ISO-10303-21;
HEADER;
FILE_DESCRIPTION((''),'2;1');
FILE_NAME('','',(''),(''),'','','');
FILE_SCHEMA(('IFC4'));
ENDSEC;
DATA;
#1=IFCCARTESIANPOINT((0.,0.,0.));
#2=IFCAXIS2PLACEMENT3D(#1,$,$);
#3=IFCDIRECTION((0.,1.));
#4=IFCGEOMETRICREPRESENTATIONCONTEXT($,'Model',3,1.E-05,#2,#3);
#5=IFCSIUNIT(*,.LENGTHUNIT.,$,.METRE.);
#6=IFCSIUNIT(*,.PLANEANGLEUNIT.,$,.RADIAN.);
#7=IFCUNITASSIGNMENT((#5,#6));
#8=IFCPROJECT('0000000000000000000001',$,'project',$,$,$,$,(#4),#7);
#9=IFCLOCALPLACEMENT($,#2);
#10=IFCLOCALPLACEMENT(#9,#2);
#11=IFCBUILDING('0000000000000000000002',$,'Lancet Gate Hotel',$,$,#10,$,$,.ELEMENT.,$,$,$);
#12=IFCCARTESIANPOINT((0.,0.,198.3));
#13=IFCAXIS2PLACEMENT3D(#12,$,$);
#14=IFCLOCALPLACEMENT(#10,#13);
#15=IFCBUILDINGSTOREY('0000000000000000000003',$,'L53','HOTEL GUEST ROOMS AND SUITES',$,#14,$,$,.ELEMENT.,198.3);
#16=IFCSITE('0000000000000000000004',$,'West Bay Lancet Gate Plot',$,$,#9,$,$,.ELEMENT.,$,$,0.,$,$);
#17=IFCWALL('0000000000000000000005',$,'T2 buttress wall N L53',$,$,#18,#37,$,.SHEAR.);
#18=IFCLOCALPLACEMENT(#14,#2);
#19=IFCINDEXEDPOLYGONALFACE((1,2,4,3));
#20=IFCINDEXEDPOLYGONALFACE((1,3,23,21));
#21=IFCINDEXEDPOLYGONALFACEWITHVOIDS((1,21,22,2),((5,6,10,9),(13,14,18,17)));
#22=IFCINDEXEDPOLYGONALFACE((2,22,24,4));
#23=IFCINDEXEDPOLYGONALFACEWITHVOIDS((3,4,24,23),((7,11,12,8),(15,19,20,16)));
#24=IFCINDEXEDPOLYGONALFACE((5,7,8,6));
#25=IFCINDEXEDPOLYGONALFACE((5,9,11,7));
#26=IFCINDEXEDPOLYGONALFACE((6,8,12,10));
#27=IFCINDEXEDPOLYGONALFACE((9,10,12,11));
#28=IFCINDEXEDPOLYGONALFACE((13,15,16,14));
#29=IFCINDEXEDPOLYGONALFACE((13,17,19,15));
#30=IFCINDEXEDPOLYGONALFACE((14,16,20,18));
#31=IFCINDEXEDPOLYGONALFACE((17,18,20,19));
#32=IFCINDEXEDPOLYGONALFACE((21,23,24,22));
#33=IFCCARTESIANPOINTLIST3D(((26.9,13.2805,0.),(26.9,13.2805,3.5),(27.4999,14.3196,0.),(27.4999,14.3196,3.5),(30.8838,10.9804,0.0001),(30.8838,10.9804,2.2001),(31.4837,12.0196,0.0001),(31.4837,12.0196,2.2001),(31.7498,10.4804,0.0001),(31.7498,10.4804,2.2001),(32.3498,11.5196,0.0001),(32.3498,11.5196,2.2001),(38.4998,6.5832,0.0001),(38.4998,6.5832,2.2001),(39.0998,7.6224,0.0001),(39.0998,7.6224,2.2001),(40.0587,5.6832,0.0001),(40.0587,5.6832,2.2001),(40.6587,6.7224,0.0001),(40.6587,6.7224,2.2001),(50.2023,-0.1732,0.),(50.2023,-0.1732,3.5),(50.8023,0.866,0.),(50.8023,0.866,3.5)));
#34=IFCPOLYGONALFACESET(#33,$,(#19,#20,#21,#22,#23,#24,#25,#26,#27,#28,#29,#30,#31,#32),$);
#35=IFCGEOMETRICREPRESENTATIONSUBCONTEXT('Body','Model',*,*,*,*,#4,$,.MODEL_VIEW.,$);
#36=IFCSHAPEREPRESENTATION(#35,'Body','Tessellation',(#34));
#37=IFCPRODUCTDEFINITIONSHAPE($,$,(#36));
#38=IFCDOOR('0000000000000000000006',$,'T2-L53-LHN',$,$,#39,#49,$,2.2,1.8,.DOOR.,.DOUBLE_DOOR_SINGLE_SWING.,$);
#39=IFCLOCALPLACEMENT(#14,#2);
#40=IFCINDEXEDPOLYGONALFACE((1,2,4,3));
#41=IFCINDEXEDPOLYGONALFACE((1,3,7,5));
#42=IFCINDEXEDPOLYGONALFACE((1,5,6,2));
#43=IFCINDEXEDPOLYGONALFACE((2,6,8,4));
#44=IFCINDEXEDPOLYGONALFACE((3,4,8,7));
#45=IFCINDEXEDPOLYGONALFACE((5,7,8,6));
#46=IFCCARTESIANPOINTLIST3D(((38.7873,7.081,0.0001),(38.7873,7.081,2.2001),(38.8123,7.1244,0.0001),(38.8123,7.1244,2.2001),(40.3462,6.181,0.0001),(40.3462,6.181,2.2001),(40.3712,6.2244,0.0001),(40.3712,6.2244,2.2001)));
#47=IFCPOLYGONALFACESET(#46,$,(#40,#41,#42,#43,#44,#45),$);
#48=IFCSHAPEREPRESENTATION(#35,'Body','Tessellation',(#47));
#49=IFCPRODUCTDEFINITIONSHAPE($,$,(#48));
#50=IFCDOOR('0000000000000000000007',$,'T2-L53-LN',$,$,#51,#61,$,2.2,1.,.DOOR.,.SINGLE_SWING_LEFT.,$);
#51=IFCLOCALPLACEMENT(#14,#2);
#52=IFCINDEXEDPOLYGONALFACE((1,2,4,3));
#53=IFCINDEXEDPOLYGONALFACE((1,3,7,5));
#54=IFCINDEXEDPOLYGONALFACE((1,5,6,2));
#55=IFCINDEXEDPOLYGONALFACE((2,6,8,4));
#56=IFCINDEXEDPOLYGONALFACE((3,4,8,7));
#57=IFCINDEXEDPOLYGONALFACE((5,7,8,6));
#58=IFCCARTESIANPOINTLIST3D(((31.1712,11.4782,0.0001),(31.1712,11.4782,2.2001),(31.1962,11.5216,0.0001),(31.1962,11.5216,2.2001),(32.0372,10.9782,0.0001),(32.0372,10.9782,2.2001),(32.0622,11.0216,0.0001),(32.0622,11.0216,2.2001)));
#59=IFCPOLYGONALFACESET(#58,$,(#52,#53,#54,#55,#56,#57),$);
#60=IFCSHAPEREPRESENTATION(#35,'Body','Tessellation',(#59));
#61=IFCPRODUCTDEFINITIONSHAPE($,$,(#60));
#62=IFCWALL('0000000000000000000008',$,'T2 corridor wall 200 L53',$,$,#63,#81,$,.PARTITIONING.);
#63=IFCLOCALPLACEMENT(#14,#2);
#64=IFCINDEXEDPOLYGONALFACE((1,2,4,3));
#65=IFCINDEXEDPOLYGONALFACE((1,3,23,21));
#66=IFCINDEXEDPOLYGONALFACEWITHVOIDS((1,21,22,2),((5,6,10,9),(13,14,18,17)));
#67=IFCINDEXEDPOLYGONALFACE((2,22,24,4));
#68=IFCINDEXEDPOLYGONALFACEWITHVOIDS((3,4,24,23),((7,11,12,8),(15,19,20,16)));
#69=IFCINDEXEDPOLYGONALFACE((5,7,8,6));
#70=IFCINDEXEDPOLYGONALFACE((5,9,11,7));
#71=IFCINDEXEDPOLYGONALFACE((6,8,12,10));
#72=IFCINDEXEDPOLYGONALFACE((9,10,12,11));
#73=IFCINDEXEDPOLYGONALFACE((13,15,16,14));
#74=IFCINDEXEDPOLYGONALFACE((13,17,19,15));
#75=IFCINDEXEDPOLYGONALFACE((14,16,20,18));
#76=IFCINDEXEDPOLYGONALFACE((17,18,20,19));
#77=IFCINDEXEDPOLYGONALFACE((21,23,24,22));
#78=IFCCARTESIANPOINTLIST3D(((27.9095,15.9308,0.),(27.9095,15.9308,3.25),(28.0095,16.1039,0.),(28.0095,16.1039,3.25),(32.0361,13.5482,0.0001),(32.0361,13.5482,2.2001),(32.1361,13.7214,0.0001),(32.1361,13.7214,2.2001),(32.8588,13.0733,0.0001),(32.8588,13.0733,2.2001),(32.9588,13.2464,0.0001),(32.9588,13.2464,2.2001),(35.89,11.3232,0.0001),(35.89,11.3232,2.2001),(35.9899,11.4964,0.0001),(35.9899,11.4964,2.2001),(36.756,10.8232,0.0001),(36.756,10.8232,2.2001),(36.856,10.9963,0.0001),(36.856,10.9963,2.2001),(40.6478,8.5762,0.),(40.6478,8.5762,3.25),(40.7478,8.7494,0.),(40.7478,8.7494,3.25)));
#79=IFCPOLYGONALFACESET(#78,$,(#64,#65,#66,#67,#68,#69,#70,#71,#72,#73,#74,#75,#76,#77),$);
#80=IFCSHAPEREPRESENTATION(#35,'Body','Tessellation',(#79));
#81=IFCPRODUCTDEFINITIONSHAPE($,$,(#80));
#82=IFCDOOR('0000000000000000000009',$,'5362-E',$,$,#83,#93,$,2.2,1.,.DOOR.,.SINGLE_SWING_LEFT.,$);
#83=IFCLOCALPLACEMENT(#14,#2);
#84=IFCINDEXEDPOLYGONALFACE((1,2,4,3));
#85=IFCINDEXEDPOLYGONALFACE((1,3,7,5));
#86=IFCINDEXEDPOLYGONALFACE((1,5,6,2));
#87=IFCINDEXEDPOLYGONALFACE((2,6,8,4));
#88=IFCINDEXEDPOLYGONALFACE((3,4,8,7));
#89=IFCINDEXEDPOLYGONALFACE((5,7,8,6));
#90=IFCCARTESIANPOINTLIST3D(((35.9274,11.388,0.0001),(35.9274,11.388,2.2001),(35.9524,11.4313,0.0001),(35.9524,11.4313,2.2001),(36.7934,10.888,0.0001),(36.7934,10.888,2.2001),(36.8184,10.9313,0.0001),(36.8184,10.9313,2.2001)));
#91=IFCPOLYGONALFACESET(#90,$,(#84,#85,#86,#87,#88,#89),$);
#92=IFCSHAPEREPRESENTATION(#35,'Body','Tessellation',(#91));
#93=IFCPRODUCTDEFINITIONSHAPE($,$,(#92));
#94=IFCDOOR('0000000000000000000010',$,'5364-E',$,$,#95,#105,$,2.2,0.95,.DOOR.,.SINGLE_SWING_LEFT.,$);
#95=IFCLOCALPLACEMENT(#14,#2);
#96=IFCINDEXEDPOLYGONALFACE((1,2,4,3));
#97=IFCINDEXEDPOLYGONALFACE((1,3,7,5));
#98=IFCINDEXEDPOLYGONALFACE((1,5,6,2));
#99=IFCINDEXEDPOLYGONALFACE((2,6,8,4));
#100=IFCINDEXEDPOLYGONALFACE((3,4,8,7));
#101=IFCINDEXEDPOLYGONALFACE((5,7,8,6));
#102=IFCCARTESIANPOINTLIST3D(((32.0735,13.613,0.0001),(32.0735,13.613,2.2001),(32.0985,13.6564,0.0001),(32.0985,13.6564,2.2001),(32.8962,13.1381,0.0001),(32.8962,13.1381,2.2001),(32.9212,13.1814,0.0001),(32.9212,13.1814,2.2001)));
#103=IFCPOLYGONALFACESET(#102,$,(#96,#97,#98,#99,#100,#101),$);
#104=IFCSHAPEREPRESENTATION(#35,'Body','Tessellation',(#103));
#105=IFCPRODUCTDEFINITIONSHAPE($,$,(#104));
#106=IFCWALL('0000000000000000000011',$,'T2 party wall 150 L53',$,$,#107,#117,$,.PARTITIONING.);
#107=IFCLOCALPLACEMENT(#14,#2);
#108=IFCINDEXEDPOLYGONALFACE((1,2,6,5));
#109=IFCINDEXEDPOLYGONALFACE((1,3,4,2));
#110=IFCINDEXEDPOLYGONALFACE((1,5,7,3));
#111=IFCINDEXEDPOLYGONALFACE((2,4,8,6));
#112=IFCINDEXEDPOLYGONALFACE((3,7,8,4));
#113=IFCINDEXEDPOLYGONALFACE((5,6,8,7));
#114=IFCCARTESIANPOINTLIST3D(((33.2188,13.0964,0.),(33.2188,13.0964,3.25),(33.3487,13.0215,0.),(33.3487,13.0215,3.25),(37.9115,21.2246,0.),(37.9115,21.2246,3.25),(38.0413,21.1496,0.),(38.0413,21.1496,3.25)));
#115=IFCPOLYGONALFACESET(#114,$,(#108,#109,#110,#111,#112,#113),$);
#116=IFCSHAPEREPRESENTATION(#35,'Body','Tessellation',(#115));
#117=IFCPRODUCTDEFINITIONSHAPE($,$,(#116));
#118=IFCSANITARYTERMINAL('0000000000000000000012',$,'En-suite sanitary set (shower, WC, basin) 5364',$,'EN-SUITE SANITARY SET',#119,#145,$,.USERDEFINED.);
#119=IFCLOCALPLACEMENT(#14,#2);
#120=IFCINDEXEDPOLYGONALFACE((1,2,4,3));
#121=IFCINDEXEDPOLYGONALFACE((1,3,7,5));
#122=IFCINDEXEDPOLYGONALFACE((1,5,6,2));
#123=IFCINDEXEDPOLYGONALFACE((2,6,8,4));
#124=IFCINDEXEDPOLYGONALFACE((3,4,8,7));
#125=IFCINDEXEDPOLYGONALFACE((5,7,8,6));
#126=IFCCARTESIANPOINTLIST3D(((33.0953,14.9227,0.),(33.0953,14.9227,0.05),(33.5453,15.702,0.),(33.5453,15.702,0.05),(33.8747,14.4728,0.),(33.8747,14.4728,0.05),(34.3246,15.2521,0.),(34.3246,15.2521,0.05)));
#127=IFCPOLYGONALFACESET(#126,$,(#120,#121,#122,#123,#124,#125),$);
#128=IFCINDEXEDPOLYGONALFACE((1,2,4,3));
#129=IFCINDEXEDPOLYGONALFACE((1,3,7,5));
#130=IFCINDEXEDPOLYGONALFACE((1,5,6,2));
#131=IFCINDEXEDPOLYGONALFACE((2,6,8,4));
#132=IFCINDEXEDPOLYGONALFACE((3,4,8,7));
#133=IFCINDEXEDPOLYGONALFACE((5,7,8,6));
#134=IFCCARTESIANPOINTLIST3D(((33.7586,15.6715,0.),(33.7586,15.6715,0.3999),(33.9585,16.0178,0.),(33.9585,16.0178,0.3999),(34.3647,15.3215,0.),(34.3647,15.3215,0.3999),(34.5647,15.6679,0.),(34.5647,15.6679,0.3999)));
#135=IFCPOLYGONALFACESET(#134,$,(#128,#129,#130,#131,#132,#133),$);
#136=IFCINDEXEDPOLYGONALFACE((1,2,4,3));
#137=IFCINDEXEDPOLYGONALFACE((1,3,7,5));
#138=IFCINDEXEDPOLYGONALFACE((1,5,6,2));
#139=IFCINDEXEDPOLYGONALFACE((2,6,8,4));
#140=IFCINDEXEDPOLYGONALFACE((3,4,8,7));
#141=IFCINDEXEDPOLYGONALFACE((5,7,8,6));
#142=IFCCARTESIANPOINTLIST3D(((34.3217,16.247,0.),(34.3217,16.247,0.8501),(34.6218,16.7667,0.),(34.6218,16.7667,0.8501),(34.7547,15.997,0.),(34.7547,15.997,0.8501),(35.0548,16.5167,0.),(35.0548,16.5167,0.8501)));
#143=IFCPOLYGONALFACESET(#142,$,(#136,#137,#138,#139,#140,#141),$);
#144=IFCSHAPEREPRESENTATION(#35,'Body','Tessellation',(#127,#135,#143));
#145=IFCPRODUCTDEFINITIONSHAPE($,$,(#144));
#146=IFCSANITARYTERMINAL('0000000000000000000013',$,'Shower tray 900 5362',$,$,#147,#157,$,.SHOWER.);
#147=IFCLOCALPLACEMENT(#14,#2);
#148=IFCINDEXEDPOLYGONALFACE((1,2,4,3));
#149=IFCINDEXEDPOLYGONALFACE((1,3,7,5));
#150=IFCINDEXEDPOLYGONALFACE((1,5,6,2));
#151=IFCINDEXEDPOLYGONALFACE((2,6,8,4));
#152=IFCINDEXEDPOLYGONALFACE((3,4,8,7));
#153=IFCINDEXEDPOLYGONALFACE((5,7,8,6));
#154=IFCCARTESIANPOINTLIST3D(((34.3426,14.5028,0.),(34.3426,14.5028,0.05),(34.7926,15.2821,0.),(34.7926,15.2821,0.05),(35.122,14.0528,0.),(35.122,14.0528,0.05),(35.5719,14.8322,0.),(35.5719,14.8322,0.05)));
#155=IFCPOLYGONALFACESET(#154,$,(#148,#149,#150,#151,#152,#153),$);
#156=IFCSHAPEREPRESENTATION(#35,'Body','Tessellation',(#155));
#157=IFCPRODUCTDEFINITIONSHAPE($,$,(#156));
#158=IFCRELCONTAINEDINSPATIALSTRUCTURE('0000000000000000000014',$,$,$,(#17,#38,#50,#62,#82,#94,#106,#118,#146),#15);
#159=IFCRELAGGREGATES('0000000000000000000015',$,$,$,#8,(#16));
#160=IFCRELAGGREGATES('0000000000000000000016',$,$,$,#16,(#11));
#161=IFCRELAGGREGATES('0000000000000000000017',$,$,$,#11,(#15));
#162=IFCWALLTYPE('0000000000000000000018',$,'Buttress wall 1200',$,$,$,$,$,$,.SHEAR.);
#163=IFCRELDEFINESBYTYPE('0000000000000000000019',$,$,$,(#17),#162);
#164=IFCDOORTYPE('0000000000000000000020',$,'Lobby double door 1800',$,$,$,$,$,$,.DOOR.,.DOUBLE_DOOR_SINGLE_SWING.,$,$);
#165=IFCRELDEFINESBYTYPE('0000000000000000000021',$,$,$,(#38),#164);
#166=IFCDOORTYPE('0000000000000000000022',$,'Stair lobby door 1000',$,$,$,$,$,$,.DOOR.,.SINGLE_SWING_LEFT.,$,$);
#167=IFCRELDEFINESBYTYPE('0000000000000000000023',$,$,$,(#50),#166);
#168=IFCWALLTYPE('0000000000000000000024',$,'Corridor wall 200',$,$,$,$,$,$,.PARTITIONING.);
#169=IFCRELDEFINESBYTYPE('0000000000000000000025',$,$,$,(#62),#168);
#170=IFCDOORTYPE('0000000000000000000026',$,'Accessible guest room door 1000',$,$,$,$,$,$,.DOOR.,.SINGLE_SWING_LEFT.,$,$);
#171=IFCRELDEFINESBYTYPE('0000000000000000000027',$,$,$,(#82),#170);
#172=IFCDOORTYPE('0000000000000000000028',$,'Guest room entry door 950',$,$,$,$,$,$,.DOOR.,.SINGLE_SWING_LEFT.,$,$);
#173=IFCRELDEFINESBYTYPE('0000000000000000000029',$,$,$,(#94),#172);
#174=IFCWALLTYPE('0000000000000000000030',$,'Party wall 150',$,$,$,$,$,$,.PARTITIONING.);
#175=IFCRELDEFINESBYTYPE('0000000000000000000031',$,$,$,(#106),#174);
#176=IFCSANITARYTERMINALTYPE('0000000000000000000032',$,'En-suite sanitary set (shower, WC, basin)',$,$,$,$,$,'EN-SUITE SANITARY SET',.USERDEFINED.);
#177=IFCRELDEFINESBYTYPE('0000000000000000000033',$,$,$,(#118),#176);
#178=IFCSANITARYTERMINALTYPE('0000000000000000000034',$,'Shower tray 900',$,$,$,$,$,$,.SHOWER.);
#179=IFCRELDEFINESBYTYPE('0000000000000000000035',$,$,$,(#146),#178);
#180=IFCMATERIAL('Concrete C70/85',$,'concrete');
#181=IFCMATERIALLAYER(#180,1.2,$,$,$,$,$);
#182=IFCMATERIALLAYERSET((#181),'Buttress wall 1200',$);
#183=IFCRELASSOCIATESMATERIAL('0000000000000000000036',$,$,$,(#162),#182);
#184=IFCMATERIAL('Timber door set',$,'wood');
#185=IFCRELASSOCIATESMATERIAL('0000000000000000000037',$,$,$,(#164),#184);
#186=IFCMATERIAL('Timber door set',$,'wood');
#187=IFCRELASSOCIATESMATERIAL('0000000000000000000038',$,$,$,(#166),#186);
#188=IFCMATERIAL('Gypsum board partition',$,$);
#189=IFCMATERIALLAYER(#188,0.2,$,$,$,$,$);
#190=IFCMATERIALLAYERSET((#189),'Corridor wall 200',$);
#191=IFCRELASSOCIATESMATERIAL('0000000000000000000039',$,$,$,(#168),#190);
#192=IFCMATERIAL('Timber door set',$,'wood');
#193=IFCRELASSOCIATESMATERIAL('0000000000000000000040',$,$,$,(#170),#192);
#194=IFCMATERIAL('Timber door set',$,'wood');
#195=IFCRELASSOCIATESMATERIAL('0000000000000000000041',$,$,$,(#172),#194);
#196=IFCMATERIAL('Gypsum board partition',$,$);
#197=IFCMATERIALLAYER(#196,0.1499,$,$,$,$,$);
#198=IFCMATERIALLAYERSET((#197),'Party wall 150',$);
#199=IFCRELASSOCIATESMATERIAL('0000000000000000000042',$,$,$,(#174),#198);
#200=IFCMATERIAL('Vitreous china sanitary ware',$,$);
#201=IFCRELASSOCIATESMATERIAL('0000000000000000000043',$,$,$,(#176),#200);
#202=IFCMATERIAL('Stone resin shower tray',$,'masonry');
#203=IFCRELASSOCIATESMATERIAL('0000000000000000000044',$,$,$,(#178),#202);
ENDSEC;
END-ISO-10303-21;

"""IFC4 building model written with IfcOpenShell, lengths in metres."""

from ifc_helpers import new_model, si_unit, direction, frame, frame_2d, origin, origin_2d, place, context, subcontext, project, spatial, rectangle, extrude, material, layer, layer_set, type_object, element, fill, save


model = new_model("IFC4")

# Units and contexts
model_context = context("Model", 3, precision=1e-05, world=origin(), true_north=direction((0.0, 1.0)))
body_context = subcontext(model_context, "Body", "Model", "MODEL_VIEW")
ifc_project = project(units=[si_unit("LENGTHUNIT", "METRE"), si_unit("PLANEANGLEUNIT", "RADIAN")], contexts=[model_context])

# Site, building, storey
site_placement = place(None, origin())
site = spatial("IfcSite", under=ifc_project, at=site_placement, Name="West Bay Lancet Gate Plot", CompositionType="ELEMENT", RefElevation=0.0)
building_placement = place(site_placement, origin())
building = spatial("IfcBuilding", under=site, at=building_placement, Name="Lancet Gate Hotel", CompositionType="ELEMENT")
storey_placement = place(building_placement, frame((0.0, 0.0, 198.3)))
storey = spatial("IfcBuildingStorey", under=building, at=storey_placement, Name="L53", Description="HOTEL GUEST ROOMS AND SUITES", CompositionType="ELEMENT", Elevation=198.3)

# Walls, openings, doors
ifc_material_1 = material(Name="Concrete C70/85", Category="concrete")
ifc_layer_1 = layer(ifc_material_1, 1.2)
ifc_layer_set_1 = layer_set([ifc_layer_1], Name="Buttress wall 1200")
wall_type_1 = type_object("IfcWallType", Name="Buttress wall 1200", PredefinedType="SHEAR", material=ifc_layer_set_1)
wall_1_placement = place(storey_placement, frame((27.2, 13.8, 0.0), z_axis=(0.0, 0.0, 1.0), x_axis=(0.866025, -0.500002, 0.0)))
wall_1 = element("IfcWall", 1, at=wall_1_placement, inside=storey, type_object=wall_type_1, Name="T2 buttress wall N L53", PredefinedType="SHEAR", context=body_context, shape_type="SweptSolid", body=[
    extrude(rectangle(XDim=26.9072, YDim=1.2, at=frame_2d((13.4536, 0.0))), origin(), (0.0, 0.0, 1.0), 3.5),
])
opening_1_placement = place(wall_1_placement, frame((4.6001, 0.0, 0.0)))
opening_1 = element("IfcOpeningElement", 2, at=opening_1_placement, cuts=wall_1, PredefinedType="OPENING", context=body_context, shape_type="SweptSolid", body=[
    extrude(rectangle(XDim=1.0, YDim=2.2, at=frame_2d((0.5, 1.1001))), frame((0.0, 0.6099, 0.0), z_axis=(0.0, -1.0, 0.0), x_axis=(1.0, 0.0, 0.0)), (0.0, 0.0, 1.0), 1.22),
])
opening_2_placement = place(wall_1_placement, frame((13.3945, 0.0, 0.0)))
opening_2 = element("IfcOpeningElement", 3, at=opening_2_placement, cuts=wall_1, PredefinedType="OPENING", context=body_context, shape_type="SweptSolid", body=[
    extrude(rectangle(XDim=1.8, YDim=2.2, at=frame_2d((0.8999, 1.1001))), frame((0.0, 0.6099, 0.0), z_axis=(0.0, -1.0, 0.0), x_axis=(1.0, 0.0, 0.0)), (0.0, 0.0, 1.0), 1.22),
])
ifc_material_2 = material(Name="Timber door set", Category="wood")
door_type_1 = type_object("IfcDoorType", Name="Lobby double door 1800", OperationType="DOUBLE_DOOR_SINGLE_SWING", PredefinedType="DOOR", material=ifc_material_2)
door_1_placement = place(opening_2_placement, origin())
door_1 = element("IfcDoor", 4, at=door_1_placement, inside=storey, type_object=door_type_1, Name="T2-L53-LHN", OperationType="DOUBLE_DOOR_SINGLE_SWING", OverallHeight=2.2, OverallWidth=1.8, PredefinedType="DOOR", context=body_context, shape_type="SweptSolid", body=[
    extrude(rectangle(XDim=1.8, YDim=2.2, at=frame_2d((0.8999, 1.1001))), frame((0.0, 0.0249, 0.0), z_axis=(0.0, -1.0, 0.0), x_axis=(1.0, 0.0, 0.0)), (0.0, 0.0, 1.0), 0.05),
])
fill(opening_2, door_1)
ifc_material_3 = material(Name="Timber door set", Category="wood")
door_type_2 = type_object("IfcDoorType", Name="Stair lobby door 1000", OperationType="SINGLE_SWING_LEFT", PredefinedType="DOOR", material=ifc_material_3)
door_2_placement = place(opening_1_placement, origin())
door_2 = element("IfcDoor", 5, at=door_2_placement, inside=storey, type_object=door_type_2, Name="T2-L53-LN", OperationType="SINGLE_SWING_LEFT", OverallHeight=2.2, OverallWidth=1.0, PredefinedType="DOOR", context=body_context, shape_type="SweptSolid", body=[
    extrude(rectangle(XDim=1.0, YDim=2.2, at=frame_2d((0.5, 1.1001))), frame((0.0, 0.0249, 0.0), z_axis=(0.0, -1.0, 0.0), x_axis=(1.0, 0.0, 0.0)), (0.0, 0.0, 1.0), 0.05),
])
fill(opening_1, door_2)
ifc_material_4 = material(Name="Gypsum board partition")
ifc_layer_2 = layer(ifc_material_4, 0.2)
ifc_layer_set_2 = layer_set([ifc_layer_2], Name="Corridor wall 200")
wall_type_2 = type_object("IfcWallType", Name="Corridor wall 200", PredefinedType="PARTITIONING", material=ifc_layer_set_2)
wall_2_placement = place(storey_placement, frame((27.9595, 16.0173, 0.0), z_axis=(0.0, 0.0, 1.0), x_axis=(0.866024, -0.500002, 0.0)))
wall_2 = element("IfcWall", 6, at=wall_2_placement, inside=storey, type_object=wall_type_2, Name="T2 corridor wall 200 L53", PredefinedType="PARTITIONING", context=body_context, shape_type="SweptSolid", body=[
    extrude(rectangle(XDim=14.709, YDim=0.2, at=frame_2d((7.3545, 0.0))), origin(), (0.0, 0.0, 1.0), 3.25),
])
opening_3_placement = place(wall_2_placement, frame((9.2151, 0.0, 0.0)))
opening_3 = element("IfcOpeningElement", 7, at=opening_3_placement, cuts=wall_2, PredefinedType="OPENING", context=body_context, shape_type="SweptSolid", body=[
    extrude(rectangle(XDim=1.0, YDim=2.2, at=frame_2d((0.5, 1.1001))), frame((0.0, 0.1099, 0.0), z_axis=(0.0, -1.0, 0.0), x_axis=(1.0, 0.0, 0.0)), (0.0, 0.0, 1.0), 0.22),
])
opening_4_placement = place(wall_2_placement, frame((4.7649, 0.0, 0.0)))
opening_4 = element("IfcOpeningElement", 8, at=opening_4_placement, cuts=wall_2, PredefinedType="OPENING", context=body_context, shape_type="SweptSolid", body=[
    extrude(rectangle(XDim=0.95, YDim=2.2, at=frame_2d((0.4751, 1.1001))), frame((0.0, 0.1099, 0.0), z_axis=(0.0, -1.0, 0.0), x_axis=(1.0, 0.0, 0.0)), (0.0, 0.0, 1.0), 0.22),
])
ifc_material_5 = material(Name="Timber door set", Category="wood")
door_type_3 = type_object("IfcDoorType", Name="Accessible guest room door 1000", OperationType="SINGLE_SWING_LEFT", PredefinedType="DOOR", material=ifc_material_5)
door_3_placement = place(opening_3_placement, origin())
door_3 = element("IfcDoor", 9, at=door_3_placement, inside=storey, type_object=door_type_3, Name="5362-E", OperationType="SINGLE_SWING_LEFT", OverallHeight=2.2, OverallWidth=1.0, PredefinedType="DOOR", context=body_context, shape_type="SweptSolid", body=[
    extrude(rectangle(XDim=1.0, YDim=2.2, at=frame_2d((0.5, 1.1001))), frame((0.0, 0.0249, 0.0), z_axis=(0.0, -1.0, 0.0), x_axis=(1.0, 0.0, 0.0)), (0.0, 0.0, 1.0), 0.05),
])
fill(opening_3, door_3)
ifc_material_6 = material(Name="Timber door set", Category="wood")
door_type_4 = type_object("IfcDoorType", Name="Guest room entry door 950", OperationType="SINGLE_SWING_LEFT", PredefinedType="DOOR", material=ifc_material_6)
door_4_placement = place(opening_4_placement, origin())
door_4 = element("IfcDoor", 10, at=door_4_placement, inside=storey, type_object=door_type_4, Name="5364-E", OperationType="SINGLE_SWING_LEFT", OverallHeight=2.2, OverallWidth=0.95, PredefinedType="DOOR", context=body_context, shape_type="SweptSolid", body=[
    extrude(rectangle(XDim=0.95, YDim=2.2, at=frame_2d((0.4751, 1.1001))), frame((0.0, 0.0249, 0.0), z_axis=(0.0, -1.0, 0.0), x_axis=(1.0, 0.0, 0.0)), (0.0, 0.0, 1.0), 0.05),
])
fill(opening_4, door_4)

# Wall
ifc_material_7 = material(Name="Gypsum board partition")
ifc_layer_3 = layer(ifc_material_7, 0.1499)
ifc_layer_set_3 = layer_set([ifc_layer_3], Name="Party wall 150")
wall_type_3 = type_object("IfcWallType", Name="Party wall 150", PredefinedType="PARTITIONING", material=ifc_layer_set_3)
wall_3_placement = place(storey_placement, frame((33.2837, 13.0588, 0.0), z_axis=(0.0, 0.0, 1.0), x_axis=(0.499986, 0.866034, 0.0)))
element("IfcWall", 11, at=wall_3_placement, inside=storey, type_object=wall_type_3, Name="T2 party wall 150 L53", PredefinedType="PARTITIONING", context=body_context, shape_type="SweptSolid", body=[
    extrude(rectangle(XDim=9.3855, YDim=0.1499, at=frame_2d((4.6929, 0.0))), origin(), (0.0, 0.0, 1.0), 3.25),
])

# Sanitary terminals
ifc_material_8 = material(Name="Vitreous china sanitary ware")
sanitary_terminal_type_1 = type_object("IfcSanitaryTerminalType", Name="En-suite sanitary set (shower, WC, basin)", ElementType="EN-SUITE SANITARY SET", PredefinedType="USERDEFINED", material=ifc_material_8)
sanitary_terminal_1_placement = place(storey_placement, frame((33.71, 15.0874, 0.0), z_axis=(0.0, 0.0, 1.0), x_axis=(1.0, 0.0, 0.0)))
element("IfcSanitaryTerminal", 12, at=sanitary_terminal_1_placement, inside=storey, type_object=sanitary_terminal_type_1, Name="En-suite sanitary set (shower, WC, basin) 5364", ObjectType="EN-SUITE SANITARY SET", PredefinedType="USERDEFINED", context=body_context, shape_type="SweptSolid", body=[
    extrude(rectangle(XDim=0.8999, YDim=0.8999, at=origin_2d()), frame((0.0, 0.0, 0.0), z_axis=(0.0, 0.0, 1.0), x_axis=(-0.5, -0.866025, 0.0)), (0.0, 0.0, 1.0), 0.05),
    extrude(rectangle(XDim=0.3999, YDim=0.7, at=origin_2d()), frame((0.4517, 0.5823, 0.0), z_axis=(0.0, 0.0, 1.0), x_axis=(-0.5, -0.866025, 0.0)), (0.0, 0.0, 1.0), 0.3999),
    extrude(rectangle(XDim=0.6001, YDim=0.5, at=origin_2d()), frame((0.9783, 1.2944, 0.0), z_axis=(0.0, 0.0, 1.0), x_axis=(-0.5, -0.866025, 0.0)), (0.0, 0.0, 1.0), 0.8501),
])
ifc_material_9 = material(Name="Stone resin shower tray", Category="masonry")
sanitary_terminal_type_2 = type_object("IfcSanitaryTerminalType", Name="Shower tray 900", PredefinedType="SHOWER", material=ifc_material_9)
sanitary_terminal_2_placement = place(storey_placement, frame((34.9573, 14.6675, 0.0), z_axis=(0.0, 0.0, 1.0), x_axis=(0.5, 0.866025, 0.0)))
element("IfcSanitaryTerminal", 13, at=sanitary_terminal_2_placement, inside=storey, type_object=sanitary_terminal_type_2, Name="Shower tray 900 5362", PredefinedType="SHOWER", context=body_context, shape_type="SweptSolid", body=[
    extrude(rectangle(XDim=0.8999, YDim=0.8999, at=origin_2d()), origin(), (0.0, 0.0, 1.0), 0.05),
])

save(model, "model.ifc")
